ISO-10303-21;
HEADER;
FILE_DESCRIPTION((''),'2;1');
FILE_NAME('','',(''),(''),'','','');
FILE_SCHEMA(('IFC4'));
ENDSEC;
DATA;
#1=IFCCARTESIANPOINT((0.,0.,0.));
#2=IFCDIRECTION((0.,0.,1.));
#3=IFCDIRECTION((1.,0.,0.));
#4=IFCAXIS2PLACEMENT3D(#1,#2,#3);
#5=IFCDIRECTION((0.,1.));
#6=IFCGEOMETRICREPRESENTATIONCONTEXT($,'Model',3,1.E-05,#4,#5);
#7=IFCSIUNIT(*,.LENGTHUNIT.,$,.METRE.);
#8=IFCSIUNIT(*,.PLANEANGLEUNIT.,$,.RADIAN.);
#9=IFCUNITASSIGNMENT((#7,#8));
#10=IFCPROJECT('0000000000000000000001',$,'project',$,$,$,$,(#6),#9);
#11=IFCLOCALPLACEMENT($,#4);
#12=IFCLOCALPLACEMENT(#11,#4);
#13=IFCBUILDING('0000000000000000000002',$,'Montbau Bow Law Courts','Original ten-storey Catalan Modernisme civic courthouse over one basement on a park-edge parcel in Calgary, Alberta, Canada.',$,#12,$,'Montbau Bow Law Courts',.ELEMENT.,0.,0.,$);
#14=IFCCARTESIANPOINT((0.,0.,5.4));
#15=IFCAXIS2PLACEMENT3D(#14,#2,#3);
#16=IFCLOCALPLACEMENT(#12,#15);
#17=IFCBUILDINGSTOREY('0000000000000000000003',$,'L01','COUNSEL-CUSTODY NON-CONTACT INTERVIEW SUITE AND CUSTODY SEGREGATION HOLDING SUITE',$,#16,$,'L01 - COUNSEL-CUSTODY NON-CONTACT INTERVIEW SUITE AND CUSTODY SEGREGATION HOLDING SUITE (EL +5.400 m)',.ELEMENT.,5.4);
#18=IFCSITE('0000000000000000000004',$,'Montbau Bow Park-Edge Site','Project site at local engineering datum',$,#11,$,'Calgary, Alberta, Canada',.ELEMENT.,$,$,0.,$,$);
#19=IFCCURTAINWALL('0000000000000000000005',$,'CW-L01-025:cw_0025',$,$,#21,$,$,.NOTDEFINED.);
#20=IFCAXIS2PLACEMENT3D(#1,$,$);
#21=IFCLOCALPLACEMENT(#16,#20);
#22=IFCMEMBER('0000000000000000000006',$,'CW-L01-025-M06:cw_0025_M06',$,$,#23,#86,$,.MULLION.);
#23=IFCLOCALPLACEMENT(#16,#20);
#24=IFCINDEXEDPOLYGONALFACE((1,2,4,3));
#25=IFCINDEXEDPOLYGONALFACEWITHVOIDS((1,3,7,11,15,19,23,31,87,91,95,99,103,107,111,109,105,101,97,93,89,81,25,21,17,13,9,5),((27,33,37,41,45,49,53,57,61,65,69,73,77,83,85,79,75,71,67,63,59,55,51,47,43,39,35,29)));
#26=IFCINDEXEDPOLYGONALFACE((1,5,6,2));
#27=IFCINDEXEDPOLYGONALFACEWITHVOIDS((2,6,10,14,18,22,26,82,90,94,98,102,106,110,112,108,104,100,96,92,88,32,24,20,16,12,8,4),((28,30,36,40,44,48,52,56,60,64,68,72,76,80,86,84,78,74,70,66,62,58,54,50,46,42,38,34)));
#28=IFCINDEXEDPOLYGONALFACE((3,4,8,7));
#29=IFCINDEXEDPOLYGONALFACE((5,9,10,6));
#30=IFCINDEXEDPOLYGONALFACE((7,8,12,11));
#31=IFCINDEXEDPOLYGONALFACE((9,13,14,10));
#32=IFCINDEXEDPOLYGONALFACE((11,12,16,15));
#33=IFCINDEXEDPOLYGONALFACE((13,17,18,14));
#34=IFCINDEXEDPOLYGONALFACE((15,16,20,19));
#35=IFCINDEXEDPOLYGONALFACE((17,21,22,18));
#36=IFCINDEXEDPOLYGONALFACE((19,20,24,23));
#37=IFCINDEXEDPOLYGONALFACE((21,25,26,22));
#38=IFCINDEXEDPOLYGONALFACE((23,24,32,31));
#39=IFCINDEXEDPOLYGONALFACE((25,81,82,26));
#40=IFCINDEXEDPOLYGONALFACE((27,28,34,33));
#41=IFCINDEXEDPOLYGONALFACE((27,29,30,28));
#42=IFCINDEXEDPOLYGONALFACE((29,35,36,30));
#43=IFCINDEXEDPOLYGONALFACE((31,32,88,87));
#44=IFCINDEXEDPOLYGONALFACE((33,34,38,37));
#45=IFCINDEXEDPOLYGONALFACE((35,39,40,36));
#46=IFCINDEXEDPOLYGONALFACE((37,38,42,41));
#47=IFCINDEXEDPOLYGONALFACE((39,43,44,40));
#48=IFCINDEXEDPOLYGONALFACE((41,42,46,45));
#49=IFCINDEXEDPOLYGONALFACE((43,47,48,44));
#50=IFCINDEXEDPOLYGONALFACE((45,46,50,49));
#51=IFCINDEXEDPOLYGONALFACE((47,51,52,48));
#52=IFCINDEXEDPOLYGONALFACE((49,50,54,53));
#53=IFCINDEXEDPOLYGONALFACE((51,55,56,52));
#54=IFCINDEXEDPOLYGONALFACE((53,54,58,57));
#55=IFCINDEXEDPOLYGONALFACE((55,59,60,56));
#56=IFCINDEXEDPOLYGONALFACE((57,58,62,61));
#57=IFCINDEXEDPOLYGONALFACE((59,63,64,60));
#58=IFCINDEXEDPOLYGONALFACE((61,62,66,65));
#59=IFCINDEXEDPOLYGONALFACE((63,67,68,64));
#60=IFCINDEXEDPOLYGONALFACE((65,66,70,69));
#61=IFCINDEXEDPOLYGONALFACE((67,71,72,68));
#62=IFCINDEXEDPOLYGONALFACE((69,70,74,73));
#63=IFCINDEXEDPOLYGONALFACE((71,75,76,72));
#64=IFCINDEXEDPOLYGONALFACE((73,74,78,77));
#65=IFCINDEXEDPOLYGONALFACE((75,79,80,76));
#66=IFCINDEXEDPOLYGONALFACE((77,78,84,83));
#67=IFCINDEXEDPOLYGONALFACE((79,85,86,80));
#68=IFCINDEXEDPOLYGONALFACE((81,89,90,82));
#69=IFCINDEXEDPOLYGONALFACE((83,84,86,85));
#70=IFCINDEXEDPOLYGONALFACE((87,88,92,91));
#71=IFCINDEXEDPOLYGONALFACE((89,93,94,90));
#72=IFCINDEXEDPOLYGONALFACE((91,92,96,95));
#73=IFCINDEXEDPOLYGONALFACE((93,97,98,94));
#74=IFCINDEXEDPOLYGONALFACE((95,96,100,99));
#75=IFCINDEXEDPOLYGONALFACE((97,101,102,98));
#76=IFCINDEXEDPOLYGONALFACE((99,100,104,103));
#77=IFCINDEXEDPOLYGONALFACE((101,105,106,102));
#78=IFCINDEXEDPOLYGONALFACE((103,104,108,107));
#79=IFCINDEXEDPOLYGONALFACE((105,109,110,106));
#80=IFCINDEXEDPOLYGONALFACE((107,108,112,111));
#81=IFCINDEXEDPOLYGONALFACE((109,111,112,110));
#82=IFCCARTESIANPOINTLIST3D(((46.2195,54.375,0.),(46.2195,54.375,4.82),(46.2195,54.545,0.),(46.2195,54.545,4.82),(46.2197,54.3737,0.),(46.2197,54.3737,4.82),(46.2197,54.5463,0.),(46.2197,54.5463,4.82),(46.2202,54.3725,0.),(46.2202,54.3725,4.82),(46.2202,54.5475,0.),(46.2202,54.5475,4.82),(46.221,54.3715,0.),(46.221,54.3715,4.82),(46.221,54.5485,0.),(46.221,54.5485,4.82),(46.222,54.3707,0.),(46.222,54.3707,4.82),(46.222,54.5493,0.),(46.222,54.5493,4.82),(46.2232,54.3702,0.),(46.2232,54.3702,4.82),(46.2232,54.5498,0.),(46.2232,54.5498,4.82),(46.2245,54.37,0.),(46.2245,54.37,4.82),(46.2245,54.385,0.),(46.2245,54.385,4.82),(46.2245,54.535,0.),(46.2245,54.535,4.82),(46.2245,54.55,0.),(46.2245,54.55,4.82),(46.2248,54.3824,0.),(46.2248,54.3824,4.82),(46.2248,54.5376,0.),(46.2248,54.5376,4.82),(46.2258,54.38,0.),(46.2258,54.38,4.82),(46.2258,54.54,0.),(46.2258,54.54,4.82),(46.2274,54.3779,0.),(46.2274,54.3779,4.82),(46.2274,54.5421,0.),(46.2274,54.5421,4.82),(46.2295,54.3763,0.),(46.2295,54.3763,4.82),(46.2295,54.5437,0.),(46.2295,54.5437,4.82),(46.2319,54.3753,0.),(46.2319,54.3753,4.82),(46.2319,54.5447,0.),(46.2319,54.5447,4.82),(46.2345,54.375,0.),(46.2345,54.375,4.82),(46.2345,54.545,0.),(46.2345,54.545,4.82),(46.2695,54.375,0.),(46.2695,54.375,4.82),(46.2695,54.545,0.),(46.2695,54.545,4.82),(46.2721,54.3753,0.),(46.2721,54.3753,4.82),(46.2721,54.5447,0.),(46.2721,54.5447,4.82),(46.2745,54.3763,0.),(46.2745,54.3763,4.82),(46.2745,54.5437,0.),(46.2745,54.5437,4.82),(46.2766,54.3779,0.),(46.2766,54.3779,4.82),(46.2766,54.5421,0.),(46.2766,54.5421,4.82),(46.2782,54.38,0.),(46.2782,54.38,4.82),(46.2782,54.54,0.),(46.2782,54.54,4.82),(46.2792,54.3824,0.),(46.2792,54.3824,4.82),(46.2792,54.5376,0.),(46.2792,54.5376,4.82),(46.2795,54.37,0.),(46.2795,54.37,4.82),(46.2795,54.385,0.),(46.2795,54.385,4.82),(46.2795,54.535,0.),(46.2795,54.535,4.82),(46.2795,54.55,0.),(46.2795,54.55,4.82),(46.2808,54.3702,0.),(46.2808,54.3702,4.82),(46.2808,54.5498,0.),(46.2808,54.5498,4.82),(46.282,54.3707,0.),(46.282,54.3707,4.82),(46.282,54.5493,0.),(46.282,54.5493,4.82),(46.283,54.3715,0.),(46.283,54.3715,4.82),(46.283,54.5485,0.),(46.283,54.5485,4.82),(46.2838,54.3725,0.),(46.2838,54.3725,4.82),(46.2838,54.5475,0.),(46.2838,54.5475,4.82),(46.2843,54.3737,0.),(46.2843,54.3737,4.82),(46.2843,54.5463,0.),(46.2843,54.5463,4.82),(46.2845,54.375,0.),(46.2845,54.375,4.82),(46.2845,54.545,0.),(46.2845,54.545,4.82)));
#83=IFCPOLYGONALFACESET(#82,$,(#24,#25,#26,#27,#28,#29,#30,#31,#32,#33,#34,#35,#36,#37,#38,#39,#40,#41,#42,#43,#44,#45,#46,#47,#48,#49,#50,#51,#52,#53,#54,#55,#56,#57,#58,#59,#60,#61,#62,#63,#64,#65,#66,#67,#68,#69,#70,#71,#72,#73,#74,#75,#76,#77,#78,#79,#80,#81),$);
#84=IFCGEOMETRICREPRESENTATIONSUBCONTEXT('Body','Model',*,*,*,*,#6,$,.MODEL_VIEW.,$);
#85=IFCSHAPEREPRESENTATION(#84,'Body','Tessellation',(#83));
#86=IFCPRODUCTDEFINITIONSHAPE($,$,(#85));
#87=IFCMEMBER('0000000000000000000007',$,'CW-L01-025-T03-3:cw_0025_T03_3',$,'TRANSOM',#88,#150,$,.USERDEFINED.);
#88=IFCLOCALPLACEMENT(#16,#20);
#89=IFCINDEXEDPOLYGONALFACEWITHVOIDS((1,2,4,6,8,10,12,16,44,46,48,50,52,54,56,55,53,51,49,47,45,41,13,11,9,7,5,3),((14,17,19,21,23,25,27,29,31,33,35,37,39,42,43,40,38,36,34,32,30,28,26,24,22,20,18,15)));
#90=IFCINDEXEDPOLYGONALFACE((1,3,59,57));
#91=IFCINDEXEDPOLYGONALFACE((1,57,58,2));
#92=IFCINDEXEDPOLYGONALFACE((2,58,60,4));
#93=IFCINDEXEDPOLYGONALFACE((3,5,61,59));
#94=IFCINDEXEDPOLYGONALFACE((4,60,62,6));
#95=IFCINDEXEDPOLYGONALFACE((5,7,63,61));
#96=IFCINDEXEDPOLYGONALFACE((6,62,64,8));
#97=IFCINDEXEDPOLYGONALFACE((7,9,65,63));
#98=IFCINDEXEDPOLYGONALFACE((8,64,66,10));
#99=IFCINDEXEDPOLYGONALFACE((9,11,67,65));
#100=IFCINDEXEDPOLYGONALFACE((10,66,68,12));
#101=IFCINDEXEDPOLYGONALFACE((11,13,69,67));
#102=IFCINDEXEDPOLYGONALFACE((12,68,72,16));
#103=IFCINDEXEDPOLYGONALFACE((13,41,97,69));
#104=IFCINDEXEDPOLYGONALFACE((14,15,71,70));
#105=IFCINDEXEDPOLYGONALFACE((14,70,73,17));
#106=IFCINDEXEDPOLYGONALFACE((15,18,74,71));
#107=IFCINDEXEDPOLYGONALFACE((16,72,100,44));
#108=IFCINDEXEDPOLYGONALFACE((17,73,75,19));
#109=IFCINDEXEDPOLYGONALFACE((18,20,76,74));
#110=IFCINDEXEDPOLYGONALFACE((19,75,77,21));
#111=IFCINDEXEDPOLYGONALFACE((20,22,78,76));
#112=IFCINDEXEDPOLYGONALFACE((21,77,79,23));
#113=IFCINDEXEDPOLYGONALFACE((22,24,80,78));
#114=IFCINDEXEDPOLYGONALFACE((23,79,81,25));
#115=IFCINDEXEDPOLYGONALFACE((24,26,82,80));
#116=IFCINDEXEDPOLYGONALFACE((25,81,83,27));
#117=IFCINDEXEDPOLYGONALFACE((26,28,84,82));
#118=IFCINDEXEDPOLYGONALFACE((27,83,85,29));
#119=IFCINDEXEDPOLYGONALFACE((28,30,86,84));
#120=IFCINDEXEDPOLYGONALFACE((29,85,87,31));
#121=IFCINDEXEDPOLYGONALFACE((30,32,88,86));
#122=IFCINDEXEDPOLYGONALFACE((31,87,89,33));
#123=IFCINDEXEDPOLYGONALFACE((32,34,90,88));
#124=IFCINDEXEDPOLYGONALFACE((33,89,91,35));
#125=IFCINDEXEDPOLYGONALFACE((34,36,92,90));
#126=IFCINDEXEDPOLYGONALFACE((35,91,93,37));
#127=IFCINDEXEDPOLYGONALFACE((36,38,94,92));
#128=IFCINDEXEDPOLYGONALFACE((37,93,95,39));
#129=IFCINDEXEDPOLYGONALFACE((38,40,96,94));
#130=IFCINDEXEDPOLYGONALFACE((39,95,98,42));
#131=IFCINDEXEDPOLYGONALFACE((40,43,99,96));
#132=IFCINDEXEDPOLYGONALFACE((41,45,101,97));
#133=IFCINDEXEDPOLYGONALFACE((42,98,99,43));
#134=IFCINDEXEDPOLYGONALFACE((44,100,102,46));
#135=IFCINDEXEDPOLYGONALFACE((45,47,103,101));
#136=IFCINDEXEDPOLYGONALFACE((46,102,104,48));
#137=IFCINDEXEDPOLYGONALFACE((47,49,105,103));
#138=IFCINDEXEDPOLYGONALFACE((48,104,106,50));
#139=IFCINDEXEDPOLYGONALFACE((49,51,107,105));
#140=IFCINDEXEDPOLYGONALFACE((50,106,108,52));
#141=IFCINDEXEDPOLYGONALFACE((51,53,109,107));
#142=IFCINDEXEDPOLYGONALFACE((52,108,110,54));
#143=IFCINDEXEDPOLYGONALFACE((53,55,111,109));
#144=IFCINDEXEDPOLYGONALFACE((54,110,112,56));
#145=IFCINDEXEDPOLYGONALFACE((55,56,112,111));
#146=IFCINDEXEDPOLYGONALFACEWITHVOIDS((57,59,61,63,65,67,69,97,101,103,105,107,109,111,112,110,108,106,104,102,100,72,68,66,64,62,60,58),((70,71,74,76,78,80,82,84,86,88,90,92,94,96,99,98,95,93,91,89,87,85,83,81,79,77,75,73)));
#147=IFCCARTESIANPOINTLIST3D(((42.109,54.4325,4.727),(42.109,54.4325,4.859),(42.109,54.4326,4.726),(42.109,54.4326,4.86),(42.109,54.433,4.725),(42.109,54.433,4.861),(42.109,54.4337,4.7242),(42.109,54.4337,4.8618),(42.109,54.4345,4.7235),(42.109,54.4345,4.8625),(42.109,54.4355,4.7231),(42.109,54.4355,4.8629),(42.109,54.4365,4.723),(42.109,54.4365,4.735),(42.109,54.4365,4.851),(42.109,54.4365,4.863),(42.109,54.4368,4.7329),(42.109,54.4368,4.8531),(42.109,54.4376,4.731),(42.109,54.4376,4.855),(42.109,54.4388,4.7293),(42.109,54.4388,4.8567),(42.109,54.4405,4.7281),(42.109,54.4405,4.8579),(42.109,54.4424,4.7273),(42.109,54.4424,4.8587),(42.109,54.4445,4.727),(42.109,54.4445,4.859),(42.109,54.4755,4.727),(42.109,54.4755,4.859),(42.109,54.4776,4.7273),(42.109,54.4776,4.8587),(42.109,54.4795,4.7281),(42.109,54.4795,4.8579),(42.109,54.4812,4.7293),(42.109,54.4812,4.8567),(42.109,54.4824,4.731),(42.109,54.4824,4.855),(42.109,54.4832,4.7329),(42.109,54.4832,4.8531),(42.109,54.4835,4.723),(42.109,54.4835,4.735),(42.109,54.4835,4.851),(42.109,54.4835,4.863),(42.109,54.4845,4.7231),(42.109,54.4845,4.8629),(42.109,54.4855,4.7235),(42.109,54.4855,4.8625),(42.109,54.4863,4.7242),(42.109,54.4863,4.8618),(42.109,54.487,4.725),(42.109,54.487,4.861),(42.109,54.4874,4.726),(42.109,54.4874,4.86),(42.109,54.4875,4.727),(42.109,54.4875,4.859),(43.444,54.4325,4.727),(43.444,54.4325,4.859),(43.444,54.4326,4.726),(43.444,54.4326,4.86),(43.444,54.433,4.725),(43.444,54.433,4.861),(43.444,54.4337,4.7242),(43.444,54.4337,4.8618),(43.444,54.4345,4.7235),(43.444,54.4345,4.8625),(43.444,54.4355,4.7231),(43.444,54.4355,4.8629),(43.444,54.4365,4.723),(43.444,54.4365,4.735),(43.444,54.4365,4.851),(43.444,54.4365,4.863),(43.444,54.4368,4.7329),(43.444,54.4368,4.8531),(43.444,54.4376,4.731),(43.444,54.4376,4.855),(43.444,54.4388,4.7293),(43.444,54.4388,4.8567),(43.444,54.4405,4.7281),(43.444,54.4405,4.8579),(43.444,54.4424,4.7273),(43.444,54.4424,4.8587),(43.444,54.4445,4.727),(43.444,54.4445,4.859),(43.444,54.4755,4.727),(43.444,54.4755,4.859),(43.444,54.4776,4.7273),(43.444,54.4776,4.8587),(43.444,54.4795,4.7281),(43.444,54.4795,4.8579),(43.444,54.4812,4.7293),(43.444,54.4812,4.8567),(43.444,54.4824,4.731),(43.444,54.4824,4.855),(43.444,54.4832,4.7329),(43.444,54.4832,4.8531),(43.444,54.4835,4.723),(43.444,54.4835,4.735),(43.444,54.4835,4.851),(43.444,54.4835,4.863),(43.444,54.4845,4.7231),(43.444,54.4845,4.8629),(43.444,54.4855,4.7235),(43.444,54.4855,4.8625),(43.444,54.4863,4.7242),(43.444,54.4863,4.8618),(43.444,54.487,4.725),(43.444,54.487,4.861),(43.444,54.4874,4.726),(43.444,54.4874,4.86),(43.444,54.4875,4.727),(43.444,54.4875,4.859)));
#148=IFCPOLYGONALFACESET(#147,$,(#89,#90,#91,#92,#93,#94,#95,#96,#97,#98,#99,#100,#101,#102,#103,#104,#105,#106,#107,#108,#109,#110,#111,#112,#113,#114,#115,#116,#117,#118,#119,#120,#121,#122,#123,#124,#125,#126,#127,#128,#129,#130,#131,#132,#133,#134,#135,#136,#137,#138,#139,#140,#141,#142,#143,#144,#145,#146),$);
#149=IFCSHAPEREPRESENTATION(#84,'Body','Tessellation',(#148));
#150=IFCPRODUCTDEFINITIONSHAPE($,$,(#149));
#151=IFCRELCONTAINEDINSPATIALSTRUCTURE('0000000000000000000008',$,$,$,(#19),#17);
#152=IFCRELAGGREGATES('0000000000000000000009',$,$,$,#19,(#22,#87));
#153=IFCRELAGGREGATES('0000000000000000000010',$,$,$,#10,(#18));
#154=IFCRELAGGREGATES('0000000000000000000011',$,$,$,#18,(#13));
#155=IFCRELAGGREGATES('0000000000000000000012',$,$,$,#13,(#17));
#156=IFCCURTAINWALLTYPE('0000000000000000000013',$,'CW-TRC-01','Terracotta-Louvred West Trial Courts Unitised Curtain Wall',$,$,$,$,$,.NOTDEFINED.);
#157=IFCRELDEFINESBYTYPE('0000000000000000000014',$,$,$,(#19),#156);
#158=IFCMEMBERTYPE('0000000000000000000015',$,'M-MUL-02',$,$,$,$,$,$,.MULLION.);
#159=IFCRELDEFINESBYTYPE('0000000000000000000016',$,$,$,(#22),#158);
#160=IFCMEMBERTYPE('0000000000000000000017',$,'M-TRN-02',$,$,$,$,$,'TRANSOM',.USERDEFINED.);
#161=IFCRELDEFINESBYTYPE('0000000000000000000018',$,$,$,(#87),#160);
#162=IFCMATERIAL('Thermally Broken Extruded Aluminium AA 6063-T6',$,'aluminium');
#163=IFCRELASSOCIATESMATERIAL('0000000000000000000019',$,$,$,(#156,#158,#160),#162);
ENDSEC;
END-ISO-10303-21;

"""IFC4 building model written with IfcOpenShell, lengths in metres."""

from ifc_helpers import new_model, si_unit, direction, frame, origin_with_axes, origin_2d_with_axis, place, context, subcontext, project, spatial, hollow_rectangle, extrude, material, material_profile, profile_set, type_object, element, aggregate, save


model = new_model("IFC4")

# Units and contexts
model_context = context("Model", 3, precision=1e-05, world=origin_with_axes(), true_north=direction((0.0, 1.0)))
body_context = subcontext(model_context, "Body", "Model", "MODEL_VIEW")
ifc_project = project(units=[si_unit("LENGTHUNIT", "METRE"), si_unit("PLANEANGLEUNIT", "RADIAN")], contexts=[model_context])

# Site, building, storey
site_placement = place(None, origin_with_axes())
site = spatial("IfcSite", under=ifc_project, at=site_placement, Name="Montbau Bow Park-Edge Site", Description="Project site at local engineering datum", LongName="Calgary, Alberta, Canada", CompositionType="ELEMENT", RefElevation=0.0)
building_placement = place(site_placement, origin_with_axes())
building = spatial("IfcBuilding", under=site, at=building_placement, Name="Montbau Bow Law Courts", Description="Original ten-storey Catalan Modernisme civic courthouse over one basement on a park-edge parcel in Calgary, Alberta, Canada.", LongName="Montbau Bow Law Courts", CompositionType="ELEMENT", ElevationOfRefHeight=0.0, ElevationOfTerrain=0.0)
storey_placement = place(building_placement, frame((0.0, 0.0, 5.4), z_axis=(0.0, 0.0, 1.0), x_axis=(1.0, 0.0, 0.0)))
storey = spatial("IfcBuildingStorey", under=building, at=storey_placement, Name="L01", Description="COUNSEL-CUSTODY NON-CONTACT INTERVIEW SUITE AND CUSTODY SEGREGATION HOLDING SUITE", LongName="L01 - COUNSEL-CUSTODY NON-CONTACT INTERVIEW SUITE AND CUSTODY SEGREGATION HOLDING SUITE (EL +5.400 m)", CompositionType="ELEMENT", Elevation=5.4)

# Curtain wall, members
ifc_material_1 = material(Name="Thermally Broken Extruded Aluminium AA 6063-T6", Category="aluminium")
curtain_wall_type = type_object("IfcCurtainWallType", Name="CW-TRC-01", Description="Terracotta-Louvred West Trial Courts Unitised Curtain Wall", PredefinedType="NOTDEFINED", material=ifc_material_1)
curtain_wall_placement = place(None, frame((39.268, 54.46, 5.4), z_axis=(0.0, 0.0, 1.0), x_axis=(1.0, 0.0, 0.0)))
curtain_wall = element("IfcCurtainWall", 1, at=curtain_wall_placement, inside=storey, type_object=curtain_wall_type, Name="CW-L01-025:cw_0025", PredefinedType="NOTDEFINED")
ifc_material_profile_1 = material_profile(ifc_material_1, hollow_rectangle(XDim=0.065, YDim=0.18, WallThickness=0.005, InnerFilletRadius=0.01, OuterFilletRadius=0.005, at=origin_2d_with_axis()), Name="CWM-180X65", Category="Main", Priority=0)
ifc_profile_set_1 = profile_set([ifc_material_profile_1], Name="Thermally Broken Extruded Aluminium AA 6063-T6")
member_type_1 = type_object("IfcMemberType", Name="M-MUL-02", PredefinedType="MULLION", material=ifc_profile_set_1)
member_1_placement = place(None, frame((46.252, 54.46, 5.4), z_axis=(0.0, 0.0, 1.0), x_axis=(1.0, 0.0, 0.0)))
member_1 = element("IfcMember", 2, at=member_1_placement, type_object=member_type_1, Name="CW-L01-025-M06:cw_0025_M06", PredefinedType="MULLION", context=body_context, shape_type="SweptSolid", body=[
    extrude(hollow_rectangle(XDim=0.065, YDim=0.18, WallThickness=0.005, InnerFilletRadius=0.01, OuterFilletRadius=0.005, at=origin_2d_with_axis()), origin_with_axes(), (0.0, 0.0, 1.0), 4.82),
])
ifc_material_profile_2 = material_profile(ifc_material_1, hollow_rectangle(XDim=0.055, YDim=0.14, WallThickness=0.004, InnerFilletRadius=0.008, OuterFilletRadius=0.004, at=origin_2d_with_axis()), Name="CWT-140X55", Category="Main", Priority=0)
ifc_profile_set_2 = profile_set([ifc_material_profile_2], Name="Thermally Broken Extruded Aluminium AA 6063-T6")
member_type_2 = type_object("IfcMemberType", Name="M-TRN-02", ElementType="TRANSOM", PredefinedType="USERDEFINED", material=ifc_profile_set_2)
member_2_placement = place(None, frame((42.109, 54.46, 10.193), z_axis=(1.0, 0.0, 0.0), x_axis=(0.0, 1.0, 0.0)))
member_2 = element("IfcMember", 3, at=member_2_placement, type_object=member_type_2, Name="CW-L01-025-T03-3:cw_0025_T03_3", ObjectType="TRANSOM", PredefinedType="USERDEFINED", context=body_context, shape_type="SweptSolid", body=[
    extrude(hollow_rectangle(XDim=0.055, YDim=0.14, WallThickness=0.004, InnerFilletRadius=0.008, OuterFilletRadius=0.004, at=origin_2d_with_axis()), origin_with_axes(), (0.0, 0.0, 1.0), 1.335),
])
aggregate(curtain_wall, [member_1, member_2])

save(model, "model.ifc")
